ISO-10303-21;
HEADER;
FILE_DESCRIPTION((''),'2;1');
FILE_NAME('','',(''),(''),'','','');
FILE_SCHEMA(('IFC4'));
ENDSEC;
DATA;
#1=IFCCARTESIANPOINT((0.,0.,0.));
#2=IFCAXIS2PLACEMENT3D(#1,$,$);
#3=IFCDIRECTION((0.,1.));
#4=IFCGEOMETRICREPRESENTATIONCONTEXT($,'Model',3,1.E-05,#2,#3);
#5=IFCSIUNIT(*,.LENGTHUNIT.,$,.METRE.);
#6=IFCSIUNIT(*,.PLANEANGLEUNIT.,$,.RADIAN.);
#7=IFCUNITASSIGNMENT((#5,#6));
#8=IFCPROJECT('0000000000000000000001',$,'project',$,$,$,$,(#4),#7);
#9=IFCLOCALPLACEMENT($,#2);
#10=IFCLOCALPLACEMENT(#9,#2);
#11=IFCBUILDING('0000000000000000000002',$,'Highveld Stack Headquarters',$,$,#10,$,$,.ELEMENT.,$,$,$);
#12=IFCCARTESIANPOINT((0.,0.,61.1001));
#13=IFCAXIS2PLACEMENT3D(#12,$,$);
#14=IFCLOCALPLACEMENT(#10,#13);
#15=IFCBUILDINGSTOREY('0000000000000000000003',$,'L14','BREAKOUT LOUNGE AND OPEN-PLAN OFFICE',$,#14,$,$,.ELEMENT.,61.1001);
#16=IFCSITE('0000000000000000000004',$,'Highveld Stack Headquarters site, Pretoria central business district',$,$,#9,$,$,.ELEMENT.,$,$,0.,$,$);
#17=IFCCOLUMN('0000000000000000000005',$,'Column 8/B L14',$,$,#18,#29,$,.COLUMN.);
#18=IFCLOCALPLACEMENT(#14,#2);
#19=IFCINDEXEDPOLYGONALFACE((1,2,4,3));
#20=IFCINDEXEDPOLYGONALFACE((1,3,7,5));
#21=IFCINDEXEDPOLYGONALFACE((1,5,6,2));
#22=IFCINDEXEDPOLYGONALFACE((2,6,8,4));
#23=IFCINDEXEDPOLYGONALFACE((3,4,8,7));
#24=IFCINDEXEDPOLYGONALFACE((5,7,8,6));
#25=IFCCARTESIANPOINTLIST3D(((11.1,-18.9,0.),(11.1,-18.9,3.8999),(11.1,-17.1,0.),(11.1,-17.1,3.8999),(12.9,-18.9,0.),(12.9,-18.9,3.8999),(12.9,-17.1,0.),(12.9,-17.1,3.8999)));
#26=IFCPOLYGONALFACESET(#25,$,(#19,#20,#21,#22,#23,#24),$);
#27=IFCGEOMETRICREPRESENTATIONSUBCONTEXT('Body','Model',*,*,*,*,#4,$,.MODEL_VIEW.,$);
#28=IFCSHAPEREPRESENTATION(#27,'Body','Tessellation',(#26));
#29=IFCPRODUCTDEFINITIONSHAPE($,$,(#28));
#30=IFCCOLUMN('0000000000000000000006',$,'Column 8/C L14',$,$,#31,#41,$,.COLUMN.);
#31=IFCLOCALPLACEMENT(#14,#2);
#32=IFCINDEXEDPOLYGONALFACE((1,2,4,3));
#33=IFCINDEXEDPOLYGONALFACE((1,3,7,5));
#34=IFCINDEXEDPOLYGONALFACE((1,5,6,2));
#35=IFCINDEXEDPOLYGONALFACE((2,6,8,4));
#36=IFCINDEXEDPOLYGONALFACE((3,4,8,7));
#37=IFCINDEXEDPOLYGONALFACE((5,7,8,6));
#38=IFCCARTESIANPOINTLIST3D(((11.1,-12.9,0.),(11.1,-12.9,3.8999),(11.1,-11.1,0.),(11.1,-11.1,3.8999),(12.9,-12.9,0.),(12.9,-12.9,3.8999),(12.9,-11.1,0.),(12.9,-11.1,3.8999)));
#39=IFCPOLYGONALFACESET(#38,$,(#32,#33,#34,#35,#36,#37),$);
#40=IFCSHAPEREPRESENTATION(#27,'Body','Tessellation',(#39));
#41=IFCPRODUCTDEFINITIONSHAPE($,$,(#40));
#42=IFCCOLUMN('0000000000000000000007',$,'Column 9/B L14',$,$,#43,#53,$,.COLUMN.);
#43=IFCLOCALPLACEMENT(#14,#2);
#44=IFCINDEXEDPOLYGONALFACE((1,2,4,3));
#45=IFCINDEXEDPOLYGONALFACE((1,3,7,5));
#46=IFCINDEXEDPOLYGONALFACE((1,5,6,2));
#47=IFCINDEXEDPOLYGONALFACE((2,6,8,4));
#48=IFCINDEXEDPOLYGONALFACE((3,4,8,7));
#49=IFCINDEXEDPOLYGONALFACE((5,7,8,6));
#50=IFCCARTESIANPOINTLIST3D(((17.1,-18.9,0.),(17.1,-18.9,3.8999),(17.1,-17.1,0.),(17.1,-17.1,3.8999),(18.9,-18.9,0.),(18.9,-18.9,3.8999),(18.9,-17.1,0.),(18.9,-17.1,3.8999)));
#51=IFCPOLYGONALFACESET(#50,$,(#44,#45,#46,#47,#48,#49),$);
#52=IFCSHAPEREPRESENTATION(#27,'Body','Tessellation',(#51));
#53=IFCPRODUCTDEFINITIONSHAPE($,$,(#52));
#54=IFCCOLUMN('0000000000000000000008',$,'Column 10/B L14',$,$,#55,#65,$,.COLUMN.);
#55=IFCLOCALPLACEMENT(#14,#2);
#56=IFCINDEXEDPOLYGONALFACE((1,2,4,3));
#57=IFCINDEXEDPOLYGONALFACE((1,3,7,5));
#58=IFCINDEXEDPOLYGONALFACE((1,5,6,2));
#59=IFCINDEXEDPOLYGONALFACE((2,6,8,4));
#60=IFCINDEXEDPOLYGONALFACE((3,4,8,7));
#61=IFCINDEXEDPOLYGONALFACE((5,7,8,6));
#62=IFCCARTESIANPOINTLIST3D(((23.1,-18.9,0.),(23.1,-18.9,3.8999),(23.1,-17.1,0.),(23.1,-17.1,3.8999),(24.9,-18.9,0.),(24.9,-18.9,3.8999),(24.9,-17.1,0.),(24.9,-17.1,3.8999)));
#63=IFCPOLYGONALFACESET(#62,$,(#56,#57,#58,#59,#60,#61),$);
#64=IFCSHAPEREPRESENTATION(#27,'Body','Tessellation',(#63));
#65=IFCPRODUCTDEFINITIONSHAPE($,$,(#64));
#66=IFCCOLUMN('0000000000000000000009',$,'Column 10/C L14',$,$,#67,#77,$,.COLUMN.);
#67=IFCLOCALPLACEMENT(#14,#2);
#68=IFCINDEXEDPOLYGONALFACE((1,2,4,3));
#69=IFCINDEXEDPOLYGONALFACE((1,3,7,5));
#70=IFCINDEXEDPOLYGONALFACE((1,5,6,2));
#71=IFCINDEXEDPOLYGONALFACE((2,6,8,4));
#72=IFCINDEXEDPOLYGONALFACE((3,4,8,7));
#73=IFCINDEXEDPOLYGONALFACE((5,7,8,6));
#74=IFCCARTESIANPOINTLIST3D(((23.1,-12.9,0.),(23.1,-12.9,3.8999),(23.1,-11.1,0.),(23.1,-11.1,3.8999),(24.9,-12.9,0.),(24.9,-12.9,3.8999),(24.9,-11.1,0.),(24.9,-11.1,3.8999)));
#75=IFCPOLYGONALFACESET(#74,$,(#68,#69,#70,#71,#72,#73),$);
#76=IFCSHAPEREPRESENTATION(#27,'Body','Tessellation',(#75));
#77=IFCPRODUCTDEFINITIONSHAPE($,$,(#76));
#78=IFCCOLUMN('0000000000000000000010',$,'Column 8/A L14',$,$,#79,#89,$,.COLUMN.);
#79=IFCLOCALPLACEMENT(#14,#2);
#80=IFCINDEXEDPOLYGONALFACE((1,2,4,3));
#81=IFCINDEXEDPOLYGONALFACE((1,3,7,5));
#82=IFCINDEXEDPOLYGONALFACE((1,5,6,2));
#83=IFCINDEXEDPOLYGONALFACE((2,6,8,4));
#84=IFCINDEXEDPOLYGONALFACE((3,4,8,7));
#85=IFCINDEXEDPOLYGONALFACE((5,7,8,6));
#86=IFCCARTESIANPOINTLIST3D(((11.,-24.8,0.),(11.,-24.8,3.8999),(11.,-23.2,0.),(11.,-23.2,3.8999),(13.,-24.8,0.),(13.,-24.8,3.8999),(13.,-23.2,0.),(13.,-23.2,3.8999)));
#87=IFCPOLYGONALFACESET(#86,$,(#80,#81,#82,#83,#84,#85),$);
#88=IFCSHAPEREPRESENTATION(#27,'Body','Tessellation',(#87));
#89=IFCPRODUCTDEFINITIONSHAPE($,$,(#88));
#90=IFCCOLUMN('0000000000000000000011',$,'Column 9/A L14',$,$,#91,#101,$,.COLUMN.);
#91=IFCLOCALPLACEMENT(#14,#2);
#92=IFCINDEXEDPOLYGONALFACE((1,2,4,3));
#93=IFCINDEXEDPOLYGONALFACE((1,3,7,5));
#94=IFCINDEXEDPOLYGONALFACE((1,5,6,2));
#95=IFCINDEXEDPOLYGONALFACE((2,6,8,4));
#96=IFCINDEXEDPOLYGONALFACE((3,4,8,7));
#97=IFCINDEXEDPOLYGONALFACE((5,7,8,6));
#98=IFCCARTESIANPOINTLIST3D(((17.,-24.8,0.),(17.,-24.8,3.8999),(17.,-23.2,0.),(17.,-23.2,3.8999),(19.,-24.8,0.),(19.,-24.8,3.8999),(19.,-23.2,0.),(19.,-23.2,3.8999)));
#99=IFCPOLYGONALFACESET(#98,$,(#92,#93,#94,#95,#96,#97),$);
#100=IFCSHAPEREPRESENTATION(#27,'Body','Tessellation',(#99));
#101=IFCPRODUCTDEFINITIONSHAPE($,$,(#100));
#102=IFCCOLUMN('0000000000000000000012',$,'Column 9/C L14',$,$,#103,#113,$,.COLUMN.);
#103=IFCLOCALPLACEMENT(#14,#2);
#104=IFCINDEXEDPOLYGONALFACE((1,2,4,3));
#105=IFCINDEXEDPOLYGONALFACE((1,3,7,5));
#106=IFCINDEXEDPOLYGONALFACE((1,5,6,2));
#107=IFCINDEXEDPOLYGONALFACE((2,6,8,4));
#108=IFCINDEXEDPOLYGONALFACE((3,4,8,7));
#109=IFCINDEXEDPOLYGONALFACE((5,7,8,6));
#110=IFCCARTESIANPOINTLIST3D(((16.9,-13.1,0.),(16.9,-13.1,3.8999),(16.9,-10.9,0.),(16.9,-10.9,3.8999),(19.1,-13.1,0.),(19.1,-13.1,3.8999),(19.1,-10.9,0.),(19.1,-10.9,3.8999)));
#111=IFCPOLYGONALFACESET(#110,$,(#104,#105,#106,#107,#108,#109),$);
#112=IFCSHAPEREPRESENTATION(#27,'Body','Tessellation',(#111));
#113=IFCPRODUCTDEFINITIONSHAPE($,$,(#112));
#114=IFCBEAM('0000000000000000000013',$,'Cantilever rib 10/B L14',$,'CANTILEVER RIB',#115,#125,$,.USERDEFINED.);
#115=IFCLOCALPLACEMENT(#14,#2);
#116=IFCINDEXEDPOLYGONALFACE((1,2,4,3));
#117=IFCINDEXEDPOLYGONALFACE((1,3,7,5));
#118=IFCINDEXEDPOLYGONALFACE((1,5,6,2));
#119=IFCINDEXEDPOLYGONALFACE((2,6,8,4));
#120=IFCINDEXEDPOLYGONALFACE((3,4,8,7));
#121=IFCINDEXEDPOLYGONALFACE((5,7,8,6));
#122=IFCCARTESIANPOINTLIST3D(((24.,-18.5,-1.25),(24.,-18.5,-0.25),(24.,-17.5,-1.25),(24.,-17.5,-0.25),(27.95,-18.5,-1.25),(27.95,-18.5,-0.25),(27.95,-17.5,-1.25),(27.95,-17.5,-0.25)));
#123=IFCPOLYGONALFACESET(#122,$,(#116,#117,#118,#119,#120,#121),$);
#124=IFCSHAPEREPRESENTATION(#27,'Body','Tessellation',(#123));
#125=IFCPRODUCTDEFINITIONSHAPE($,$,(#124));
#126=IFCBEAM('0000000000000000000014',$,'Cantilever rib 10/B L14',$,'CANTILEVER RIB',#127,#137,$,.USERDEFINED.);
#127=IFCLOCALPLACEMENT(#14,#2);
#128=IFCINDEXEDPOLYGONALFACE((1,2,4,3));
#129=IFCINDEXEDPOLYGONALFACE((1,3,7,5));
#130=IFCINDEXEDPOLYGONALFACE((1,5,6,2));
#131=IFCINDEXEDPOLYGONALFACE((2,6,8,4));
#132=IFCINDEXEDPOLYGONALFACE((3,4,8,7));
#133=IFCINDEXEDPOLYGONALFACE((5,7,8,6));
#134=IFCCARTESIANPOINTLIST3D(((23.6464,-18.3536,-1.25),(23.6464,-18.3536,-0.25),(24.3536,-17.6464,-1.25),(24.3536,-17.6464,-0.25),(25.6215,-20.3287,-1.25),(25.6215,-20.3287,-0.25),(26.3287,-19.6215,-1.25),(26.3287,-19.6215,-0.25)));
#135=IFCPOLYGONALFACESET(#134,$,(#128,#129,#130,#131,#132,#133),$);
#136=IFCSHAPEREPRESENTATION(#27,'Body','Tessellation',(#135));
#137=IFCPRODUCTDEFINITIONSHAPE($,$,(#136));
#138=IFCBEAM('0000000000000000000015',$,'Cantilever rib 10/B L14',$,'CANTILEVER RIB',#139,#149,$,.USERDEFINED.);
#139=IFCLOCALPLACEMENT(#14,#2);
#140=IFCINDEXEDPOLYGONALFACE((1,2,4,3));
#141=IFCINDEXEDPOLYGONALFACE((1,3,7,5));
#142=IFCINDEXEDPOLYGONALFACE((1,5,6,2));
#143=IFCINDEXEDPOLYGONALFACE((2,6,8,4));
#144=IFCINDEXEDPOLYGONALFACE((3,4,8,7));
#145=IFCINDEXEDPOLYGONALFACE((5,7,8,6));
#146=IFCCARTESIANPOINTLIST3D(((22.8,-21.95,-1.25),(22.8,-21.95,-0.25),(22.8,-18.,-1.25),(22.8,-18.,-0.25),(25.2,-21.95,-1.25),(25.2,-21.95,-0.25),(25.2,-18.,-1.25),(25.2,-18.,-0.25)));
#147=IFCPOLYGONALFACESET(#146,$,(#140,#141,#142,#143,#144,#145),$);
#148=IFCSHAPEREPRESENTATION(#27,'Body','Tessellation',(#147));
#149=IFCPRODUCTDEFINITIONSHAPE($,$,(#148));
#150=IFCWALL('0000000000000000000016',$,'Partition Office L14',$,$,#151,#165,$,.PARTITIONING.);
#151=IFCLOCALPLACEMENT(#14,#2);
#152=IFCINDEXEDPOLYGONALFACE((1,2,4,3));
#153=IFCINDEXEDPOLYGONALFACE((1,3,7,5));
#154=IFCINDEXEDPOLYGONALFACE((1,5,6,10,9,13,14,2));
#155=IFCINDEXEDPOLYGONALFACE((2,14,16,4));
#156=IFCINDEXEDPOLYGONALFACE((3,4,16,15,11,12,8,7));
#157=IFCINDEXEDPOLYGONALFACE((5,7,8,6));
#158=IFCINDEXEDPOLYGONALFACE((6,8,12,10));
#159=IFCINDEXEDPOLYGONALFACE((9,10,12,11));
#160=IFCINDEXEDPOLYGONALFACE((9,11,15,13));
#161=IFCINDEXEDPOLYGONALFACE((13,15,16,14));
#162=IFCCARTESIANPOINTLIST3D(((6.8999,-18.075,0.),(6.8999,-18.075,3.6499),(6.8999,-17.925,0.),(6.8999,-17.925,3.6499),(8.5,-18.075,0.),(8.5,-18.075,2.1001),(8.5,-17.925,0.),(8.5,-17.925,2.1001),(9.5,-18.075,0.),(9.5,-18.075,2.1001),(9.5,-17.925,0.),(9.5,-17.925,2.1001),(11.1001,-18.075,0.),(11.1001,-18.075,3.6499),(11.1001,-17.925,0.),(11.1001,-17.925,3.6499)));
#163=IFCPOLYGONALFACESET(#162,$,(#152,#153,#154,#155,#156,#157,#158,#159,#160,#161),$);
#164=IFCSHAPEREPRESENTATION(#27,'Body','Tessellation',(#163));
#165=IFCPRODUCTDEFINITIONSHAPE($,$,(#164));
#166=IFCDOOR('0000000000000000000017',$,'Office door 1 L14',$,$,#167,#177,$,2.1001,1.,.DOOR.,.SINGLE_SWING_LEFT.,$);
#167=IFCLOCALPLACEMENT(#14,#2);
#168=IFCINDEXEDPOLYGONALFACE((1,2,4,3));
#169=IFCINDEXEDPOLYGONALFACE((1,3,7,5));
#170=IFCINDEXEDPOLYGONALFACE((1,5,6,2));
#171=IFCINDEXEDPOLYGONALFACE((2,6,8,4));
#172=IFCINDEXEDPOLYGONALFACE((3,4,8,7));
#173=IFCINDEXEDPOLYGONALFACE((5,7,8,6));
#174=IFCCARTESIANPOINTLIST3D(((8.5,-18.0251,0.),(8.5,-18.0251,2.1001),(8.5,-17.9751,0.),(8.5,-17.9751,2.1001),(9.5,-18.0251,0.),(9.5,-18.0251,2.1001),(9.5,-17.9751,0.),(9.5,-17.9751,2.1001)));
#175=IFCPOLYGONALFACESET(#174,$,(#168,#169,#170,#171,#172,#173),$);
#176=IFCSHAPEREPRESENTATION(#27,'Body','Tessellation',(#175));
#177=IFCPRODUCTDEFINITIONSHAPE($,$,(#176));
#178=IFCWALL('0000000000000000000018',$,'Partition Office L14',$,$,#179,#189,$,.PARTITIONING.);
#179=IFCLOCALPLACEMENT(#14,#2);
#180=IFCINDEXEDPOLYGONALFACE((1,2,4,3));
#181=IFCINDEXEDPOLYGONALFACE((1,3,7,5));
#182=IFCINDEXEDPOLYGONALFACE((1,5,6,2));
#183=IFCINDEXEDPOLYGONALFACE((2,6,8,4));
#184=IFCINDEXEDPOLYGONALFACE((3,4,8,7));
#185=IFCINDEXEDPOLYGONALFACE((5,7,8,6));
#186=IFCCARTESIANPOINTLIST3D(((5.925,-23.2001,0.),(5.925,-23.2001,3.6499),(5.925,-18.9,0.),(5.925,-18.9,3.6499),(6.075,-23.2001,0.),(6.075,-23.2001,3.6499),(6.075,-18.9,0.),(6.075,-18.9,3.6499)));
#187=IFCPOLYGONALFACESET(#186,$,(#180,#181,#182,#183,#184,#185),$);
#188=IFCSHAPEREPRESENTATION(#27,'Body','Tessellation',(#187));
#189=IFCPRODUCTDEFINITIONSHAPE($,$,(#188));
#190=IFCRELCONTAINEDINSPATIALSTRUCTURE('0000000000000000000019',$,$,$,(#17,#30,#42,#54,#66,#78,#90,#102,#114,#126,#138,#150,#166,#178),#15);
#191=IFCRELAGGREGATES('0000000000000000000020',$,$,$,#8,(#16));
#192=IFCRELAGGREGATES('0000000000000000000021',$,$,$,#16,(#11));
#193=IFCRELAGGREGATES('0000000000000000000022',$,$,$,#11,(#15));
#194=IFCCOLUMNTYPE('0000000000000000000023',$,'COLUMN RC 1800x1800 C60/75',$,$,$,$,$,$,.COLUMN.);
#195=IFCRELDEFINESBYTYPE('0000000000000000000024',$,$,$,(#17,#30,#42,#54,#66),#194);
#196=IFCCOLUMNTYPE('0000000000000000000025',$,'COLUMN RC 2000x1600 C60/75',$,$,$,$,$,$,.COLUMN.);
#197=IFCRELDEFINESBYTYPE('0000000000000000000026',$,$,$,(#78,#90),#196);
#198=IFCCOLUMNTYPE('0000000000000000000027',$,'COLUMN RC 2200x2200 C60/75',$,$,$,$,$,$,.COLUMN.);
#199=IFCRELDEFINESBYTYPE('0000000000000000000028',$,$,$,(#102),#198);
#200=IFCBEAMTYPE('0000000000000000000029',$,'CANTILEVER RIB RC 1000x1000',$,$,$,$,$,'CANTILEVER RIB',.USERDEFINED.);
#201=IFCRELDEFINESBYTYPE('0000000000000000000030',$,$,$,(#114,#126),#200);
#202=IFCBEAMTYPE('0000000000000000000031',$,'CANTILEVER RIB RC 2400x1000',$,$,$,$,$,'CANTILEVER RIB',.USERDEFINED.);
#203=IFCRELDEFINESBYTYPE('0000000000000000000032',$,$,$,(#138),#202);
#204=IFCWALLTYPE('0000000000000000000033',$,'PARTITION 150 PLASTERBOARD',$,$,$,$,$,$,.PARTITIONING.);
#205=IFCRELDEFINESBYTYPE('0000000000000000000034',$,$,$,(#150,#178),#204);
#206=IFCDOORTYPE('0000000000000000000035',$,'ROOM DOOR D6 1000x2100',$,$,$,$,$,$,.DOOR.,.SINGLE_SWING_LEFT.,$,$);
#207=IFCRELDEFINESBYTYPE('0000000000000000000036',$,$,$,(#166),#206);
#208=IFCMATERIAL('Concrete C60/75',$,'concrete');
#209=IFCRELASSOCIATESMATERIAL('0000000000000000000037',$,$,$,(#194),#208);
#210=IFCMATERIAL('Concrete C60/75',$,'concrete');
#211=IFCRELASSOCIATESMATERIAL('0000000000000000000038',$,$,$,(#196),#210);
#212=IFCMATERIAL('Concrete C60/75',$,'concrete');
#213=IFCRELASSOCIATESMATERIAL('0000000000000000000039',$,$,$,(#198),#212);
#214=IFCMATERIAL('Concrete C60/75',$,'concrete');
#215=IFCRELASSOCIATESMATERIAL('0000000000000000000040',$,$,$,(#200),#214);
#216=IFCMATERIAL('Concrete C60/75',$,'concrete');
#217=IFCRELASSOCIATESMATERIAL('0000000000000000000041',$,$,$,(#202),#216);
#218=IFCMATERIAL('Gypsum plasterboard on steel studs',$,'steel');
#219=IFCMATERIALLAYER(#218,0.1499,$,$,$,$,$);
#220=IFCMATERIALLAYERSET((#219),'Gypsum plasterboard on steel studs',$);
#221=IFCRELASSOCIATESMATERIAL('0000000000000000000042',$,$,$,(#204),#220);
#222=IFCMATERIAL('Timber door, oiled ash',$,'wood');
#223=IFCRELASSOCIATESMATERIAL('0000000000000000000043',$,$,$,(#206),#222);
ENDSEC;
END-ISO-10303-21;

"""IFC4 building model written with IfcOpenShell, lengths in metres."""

from ifc_helpers import new_model, si_unit, direction, frame, frame_2d, origin, origin_2d, place, context, subcontext, project, spatial, rectangle, extrude, material, layer, layer_set, material_profile, profile_set, type_object, element, fill, save


model = new_model("IFC4")

# Units and contexts
model_context = context("Model", 3, precision=1e-05, world=origin(), true_north=direction((0.0, 1.0)))
body_context = subcontext(model_context, "Body", "Model", "MODEL_VIEW")
ifc_project = project(units=[si_unit("LENGTHUNIT", "METRE"), si_unit("PLANEANGLEUNIT", "RADIAN")], contexts=[model_context])

# Site, building, storey
site_placement = place(None, origin())
site = spatial("IfcSite", under=ifc_project, at=site_placement, Name="Highveld Stack Headquarters site, Pretoria central business district", CompositionType="ELEMENT", RefElevation=0.0)
building_placement = place(site_placement, origin())
building = spatial("IfcBuilding", under=site, at=building_placement, Name="Highveld Stack Headquarters", CompositionType="ELEMENT")
storey_placement = place(building_placement, frame((0.0, 0.0, 61.1001)))
storey = spatial("IfcBuildingStorey", under=building, at=storey_placement, Name="L14", Description="BREAKOUT LOUNGE AND OPEN-PLAN OFFICE", CompositionType="ELEMENT", Elevation=61.1001)

# Columns
ifc_material_1 = material(Name="Concrete C60/75", Category="concrete")
ifc_material_profile_1 = material_profile(ifc_material_1, rectangle(XDim=1.8, YDim=1.8, at=origin_2d()), Name="RC 1800x1800")
ifc_profile_set_1 = profile_set([ifc_material_profile_1], Name="Concrete C60/75")
column_type_1 = type_object("IfcColumnType", Name="COLUMN RC 1800x1800 C60/75", PredefinedType="COLUMN", material=ifc_profile_set_1)
for number, where, z_axis, x_axis, name in (
    (1, (12.0, -18.0, 0.0), (0.0, 0.0, 1.0), (1.0, 0.0, 0.0), "Column 8/B L14"),
    (2, (12.0, -12.0, 0.0), (0.0, 0.0, 1.0), (1.0, 0.0, 0.0), "Column 8/C L14"),
    (3, (18.0, -18.0, 0.0), (0.0, 0.0, 1.0), (1.0, 0.0, 0.0), "Column 9/B L14"),
    (4, (24.0, -18.0, 0.0), (0.0, 0.0, 1.0), (1.0, 0.0, 0.0), "Column 10/B L14"),
    (5, (24.0, -12.0, 0.0), (0.0, 0.0, 1.0), (1.0, 0.0, 0.0), "Column 10/C L14"),
):
    element("IfcColumn", number, at=place(storey_placement, frame(where, z_axis=z_axis, x_axis=x_axis)), inside=storey, type_object=column_type_1, Name=name, PredefinedType="COLUMN", context=body_context, shape_type="SweptSolid", body=[
        extrude(rectangle(XDim=1.8, YDim=1.8, at=origin_2d()), origin(), (0.0, 0.0, 1.0), 3.8999),
    ])
ifc_material_2 = material(Name="Concrete C60/75", Category="concrete")
ifc_material_profile_2 = material_profile(ifc_material_2, rectangle(XDim=2.0, YDim=1.6001, at=origin_2d()), Name="RC 2000x1600")
ifc_profile_set_2 = profile_set([ifc_material_profile_2], Name="Concrete C60/75")
column_type_2 = type_object("IfcColumnType", Name="COLUMN RC 2000x1600 C60/75", PredefinedType="COLUMN", material=ifc_profile_set_2)
for number, where, z_axis, x_axis, name in (
    (6, (12.0, -24.0, 0.0), (0.0, 0.0, 1.0), (1.0, 0.0, 0.0), "Column 8/A L14"),
    (7, (18.0, -24.0, 0.0), (0.0, 0.0, 1.0), (1.0, 0.0, 0.0), "Column 9/A L14"),
):
    element("IfcColumn", number, at=place(storey_placement, frame(where, z_axis=z_axis, x_axis=x_axis)), inside=storey, type_object=column_type_2, Name=name, PredefinedType="COLUMN", context=body_context, shape_type="SweptSolid", body=[
        extrude(rectangle(XDim=2.0, YDim=1.6001, at=origin_2d()), origin(), (0.0, 0.0, 1.0), 3.8999),
    ])
ifc_material_3 = material(Name="Concrete C60/75", Category="concrete")
ifc_material_profile_3 = material_profile(ifc_material_3, rectangle(XDim=2.2, YDim=2.2, at=origin_2d()), Name="RC 2200x2200")
ifc_profile_set_3 = profile_set([ifc_material_profile_3], Name="Concrete C60/75")
column_type_3 = type_object("IfcColumnType", Name="COLUMN RC 2200x2200 C60/75", PredefinedType="COLUMN", material=ifc_profile_set_3)
column_placement = place(storey_placement, frame((18.0, -12.0, 0.0), z_axis=(0.0, 0.0, 1.0), x_axis=(1.0, 0.0, 0.0)))
element("IfcColumn", 8, at=column_placement, inside=storey, type_object=column_type_3, Name="Column 9/C L14", PredefinedType="COLUMN", context=body_context, shape_type="SweptSolid", body=[
    extrude(rectangle(XDim=2.2, YDim=2.2, at=origin_2d()), origin(), (0.0, 0.0, 1.0), 3.8999),
])

# Beams
ifc_material_4 = material(Name="Concrete C60/75", Category="concrete")
ifc_material_profile_4 = material_profile(ifc_material_4, rectangle(XDim=1.0, YDim=1.0, at=origin_2d()), Name="RC 1000x1000")
ifc_profile_set_4 = profile_set([ifc_material_profile_4], Name="Concrete C60/75")
beam_type_1 = type_object("IfcBeamType", Name="CANTILEVER RIB RC 1000x1000", ElementType="CANTILEVER RIB", PredefinedType="USERDEFINED", material=ifc_profile_set_4)
beam_1_placement = place(storey_placement, frame((24.0, -18.0, -0.75), z_axis=(1.0, 0.0, 0.0), x_axis=(0.0, 1.0, 0.0)))
element("IfcBeam", 9, at=beam_1_placement, inside=storey, type_object=beam_type_1, Name="Cantilever rib 10/B L14", ObjectType="CANTILEVER RIB", PredefinedType="USERDEFINED", context=body_context, shape_type="SweptSolid", body=[
    extrude(rectangle(XDim=1.0, YDim=1.0, at=origin_2d()), origin(), (0.0, 0.0, 1.0), 3.95),
])
beam_2_placement = place(storey_placement, frame((24.0, -18.0, -0.75), z_axis=(0.707107, -0.707107, 0.0), x_axis=(0.707107, 0.707107, 0.0)))
element("IfcBeam", 10, at=beam_2_placement, inside=storey, type_object=beam_type_1, Name="Cantilever rib 10/B L14", ObjectType="CANTILEVER RIB", PredefinedType="USERDEFINED", context=body_context, shape_type="SweptSolid", body=[
    extrude(rectangle(XDim=1.0, YDim=1.0, at=origin_2d()), origin(), (0.0, 0.0, 1.0), 2.7932),
])
ifc_material_5 = material(Name="Concrete C60/75", Category="concrete")
ifc_material_profile_5 = material_profile(ifc_material_5, rectangle(XDim=2.3999, YDim=1.0, at=origin_2d()), Name="RC 2400x1000")
ifc_profile_set_5 = profile_set([ifc_material_profile_5], Name="Concrete C60/75")
beam_type_2 = type_object("IfcBeamType", Name="CANTILEVER RIB RC 2400x1000", ElementType="CANTILEVER RIB", PredefinedType="USERDEFINED", material=ifc_profile_set_5)
beam_3_placement = place(storey_placement, frame((24.0, -18.0, -0.75), z_axis=(0.0, -1.0, 0.0), x_axis=(1.0, 0.0, 0.0)))
element("IfcBeam", 11, at=beam_3_placement, inside=storey, type_object=beam_type_2, Name="Cantilever rib 10/B L14", ObjectType="CANTILEVER RIB", PredefinedType="USERDEFINED", context=body_context, shape_type="SweptSolid", body=[
    extrude(rectangle(XDim=2.3999, YDim=1.0, at=origin_2d()), origin(), (0.0, 0.0, 1.0), 3.95),
])

# Wall, opening, door
ifc_material_6 = material(Name="Gypsum plasterboard on steel studs", Category="steel")
ifc_layer = layer(ifc_material_6, 0.1499)
ifc_layer_set = layer_set([ifc_layer], Name="Gypsum plasterboard on steel studs")
wall_type = type_object("IfcWallType", Name="PARTITION 150 PLASTERBOARD", PredefinedType="PARTITIONING", material=ifc_layer_set)
wall_1_placement = place(storey_placement, frame((6.8999, -18.0, 0.0), z_axis=(0.0, 0.0, 1.0), x_axis=(1.0, 0.0, 0.0)))
wall_1 = element("IfcWall", 12, at=wall_1_placement, inside=storey, type_object=wall_type, Name="Partition Office L14", PredefinedType="PARTITIONING", context=body_context, shape_type="SweptSolid", body=[
    extrude(rectangle(XDim=4.2002, YDim=0.1499, at=frame_2d((2.1001, 0.0))), origin(), (0.0, 0.0, 1.0), 3.6499),
])
opening_placement = place(wall_1_placement, frame((1.6001, 0.0, 0.0)))
opening = element("IfcOpeningElement", 13, at=opening_placement, cuts=wall_1, PredefinedType="OPENING", context=body_context, shape_type="SweptSolid", body=[
    extrude(rectangle(XDim=1.0, YDim=2.1001, at=frame_2d((0.5, 1.05))), frame((0.0, 0.085, 0.0), z_axis=(0.0, -1.0, 0.0), x_axis=(1.0, 0.0, 0.0)), (0.0, 0.0, 1.0), 0.1699),
])
ifc_material_7 = material(Name="Timber door, oiled ash", Category="wood")
door_type = type_object("IfcDoorType", Name="ROOM DOOR D6 1000x2100", OperationType="SINGLE_SWING_LEFT", PredefinedType="DOOR", material=ifc_material_7)
door_placement = place(opening_placement, origin())
door = element("IfcDoor", 14, at=door_placement, inside=storey, type_object=door_type, Name="Office door 1 L14", OperationType="SINGLE_SWING_LEFT", OverallHeight=2.1001, OverallWidth=1.0, PredefinedType="DOOR", context=body_context, shape_type="SweptSolid", body=[
    extrude(rectangle(XDim=1.0, YDim=2.1001, at=frame_2d((0.5, 1.05))), frame((0.0, 0.0249, 0.0), z_axis=(0.0, -1.0, 0.0), x_axis=(1.0, 0.0, 0.0)), (0.0, 0.0, 1.0), 0.05),
])
fill(opening, door)

# Wall
for number, where, z_axis, x_axis, name in (
    (15, (6.0, -23.2, 0.0), (0.0, 0.0, 1.0), (0.0, 1.0, 0.0), "Partition Office L14"),
):
    element("IfcWall", number, at=place(storey_placement, frame(where, z_axis=z_axis, x_axis=x_axis)), inside=storey, type_object=wall_type, Name=name, PredefinedType="PARTITIONING", context=body_context, shape_type="SweptSolid", body=[
        extrude(rectangle(XDim=4.3, YDim=0.1499, at=frame_2d((2.1499, 0.0))), origin(), (0.0, 0.0, 1.0), 3.6499),
    ])

save(model, "model.ifc")
